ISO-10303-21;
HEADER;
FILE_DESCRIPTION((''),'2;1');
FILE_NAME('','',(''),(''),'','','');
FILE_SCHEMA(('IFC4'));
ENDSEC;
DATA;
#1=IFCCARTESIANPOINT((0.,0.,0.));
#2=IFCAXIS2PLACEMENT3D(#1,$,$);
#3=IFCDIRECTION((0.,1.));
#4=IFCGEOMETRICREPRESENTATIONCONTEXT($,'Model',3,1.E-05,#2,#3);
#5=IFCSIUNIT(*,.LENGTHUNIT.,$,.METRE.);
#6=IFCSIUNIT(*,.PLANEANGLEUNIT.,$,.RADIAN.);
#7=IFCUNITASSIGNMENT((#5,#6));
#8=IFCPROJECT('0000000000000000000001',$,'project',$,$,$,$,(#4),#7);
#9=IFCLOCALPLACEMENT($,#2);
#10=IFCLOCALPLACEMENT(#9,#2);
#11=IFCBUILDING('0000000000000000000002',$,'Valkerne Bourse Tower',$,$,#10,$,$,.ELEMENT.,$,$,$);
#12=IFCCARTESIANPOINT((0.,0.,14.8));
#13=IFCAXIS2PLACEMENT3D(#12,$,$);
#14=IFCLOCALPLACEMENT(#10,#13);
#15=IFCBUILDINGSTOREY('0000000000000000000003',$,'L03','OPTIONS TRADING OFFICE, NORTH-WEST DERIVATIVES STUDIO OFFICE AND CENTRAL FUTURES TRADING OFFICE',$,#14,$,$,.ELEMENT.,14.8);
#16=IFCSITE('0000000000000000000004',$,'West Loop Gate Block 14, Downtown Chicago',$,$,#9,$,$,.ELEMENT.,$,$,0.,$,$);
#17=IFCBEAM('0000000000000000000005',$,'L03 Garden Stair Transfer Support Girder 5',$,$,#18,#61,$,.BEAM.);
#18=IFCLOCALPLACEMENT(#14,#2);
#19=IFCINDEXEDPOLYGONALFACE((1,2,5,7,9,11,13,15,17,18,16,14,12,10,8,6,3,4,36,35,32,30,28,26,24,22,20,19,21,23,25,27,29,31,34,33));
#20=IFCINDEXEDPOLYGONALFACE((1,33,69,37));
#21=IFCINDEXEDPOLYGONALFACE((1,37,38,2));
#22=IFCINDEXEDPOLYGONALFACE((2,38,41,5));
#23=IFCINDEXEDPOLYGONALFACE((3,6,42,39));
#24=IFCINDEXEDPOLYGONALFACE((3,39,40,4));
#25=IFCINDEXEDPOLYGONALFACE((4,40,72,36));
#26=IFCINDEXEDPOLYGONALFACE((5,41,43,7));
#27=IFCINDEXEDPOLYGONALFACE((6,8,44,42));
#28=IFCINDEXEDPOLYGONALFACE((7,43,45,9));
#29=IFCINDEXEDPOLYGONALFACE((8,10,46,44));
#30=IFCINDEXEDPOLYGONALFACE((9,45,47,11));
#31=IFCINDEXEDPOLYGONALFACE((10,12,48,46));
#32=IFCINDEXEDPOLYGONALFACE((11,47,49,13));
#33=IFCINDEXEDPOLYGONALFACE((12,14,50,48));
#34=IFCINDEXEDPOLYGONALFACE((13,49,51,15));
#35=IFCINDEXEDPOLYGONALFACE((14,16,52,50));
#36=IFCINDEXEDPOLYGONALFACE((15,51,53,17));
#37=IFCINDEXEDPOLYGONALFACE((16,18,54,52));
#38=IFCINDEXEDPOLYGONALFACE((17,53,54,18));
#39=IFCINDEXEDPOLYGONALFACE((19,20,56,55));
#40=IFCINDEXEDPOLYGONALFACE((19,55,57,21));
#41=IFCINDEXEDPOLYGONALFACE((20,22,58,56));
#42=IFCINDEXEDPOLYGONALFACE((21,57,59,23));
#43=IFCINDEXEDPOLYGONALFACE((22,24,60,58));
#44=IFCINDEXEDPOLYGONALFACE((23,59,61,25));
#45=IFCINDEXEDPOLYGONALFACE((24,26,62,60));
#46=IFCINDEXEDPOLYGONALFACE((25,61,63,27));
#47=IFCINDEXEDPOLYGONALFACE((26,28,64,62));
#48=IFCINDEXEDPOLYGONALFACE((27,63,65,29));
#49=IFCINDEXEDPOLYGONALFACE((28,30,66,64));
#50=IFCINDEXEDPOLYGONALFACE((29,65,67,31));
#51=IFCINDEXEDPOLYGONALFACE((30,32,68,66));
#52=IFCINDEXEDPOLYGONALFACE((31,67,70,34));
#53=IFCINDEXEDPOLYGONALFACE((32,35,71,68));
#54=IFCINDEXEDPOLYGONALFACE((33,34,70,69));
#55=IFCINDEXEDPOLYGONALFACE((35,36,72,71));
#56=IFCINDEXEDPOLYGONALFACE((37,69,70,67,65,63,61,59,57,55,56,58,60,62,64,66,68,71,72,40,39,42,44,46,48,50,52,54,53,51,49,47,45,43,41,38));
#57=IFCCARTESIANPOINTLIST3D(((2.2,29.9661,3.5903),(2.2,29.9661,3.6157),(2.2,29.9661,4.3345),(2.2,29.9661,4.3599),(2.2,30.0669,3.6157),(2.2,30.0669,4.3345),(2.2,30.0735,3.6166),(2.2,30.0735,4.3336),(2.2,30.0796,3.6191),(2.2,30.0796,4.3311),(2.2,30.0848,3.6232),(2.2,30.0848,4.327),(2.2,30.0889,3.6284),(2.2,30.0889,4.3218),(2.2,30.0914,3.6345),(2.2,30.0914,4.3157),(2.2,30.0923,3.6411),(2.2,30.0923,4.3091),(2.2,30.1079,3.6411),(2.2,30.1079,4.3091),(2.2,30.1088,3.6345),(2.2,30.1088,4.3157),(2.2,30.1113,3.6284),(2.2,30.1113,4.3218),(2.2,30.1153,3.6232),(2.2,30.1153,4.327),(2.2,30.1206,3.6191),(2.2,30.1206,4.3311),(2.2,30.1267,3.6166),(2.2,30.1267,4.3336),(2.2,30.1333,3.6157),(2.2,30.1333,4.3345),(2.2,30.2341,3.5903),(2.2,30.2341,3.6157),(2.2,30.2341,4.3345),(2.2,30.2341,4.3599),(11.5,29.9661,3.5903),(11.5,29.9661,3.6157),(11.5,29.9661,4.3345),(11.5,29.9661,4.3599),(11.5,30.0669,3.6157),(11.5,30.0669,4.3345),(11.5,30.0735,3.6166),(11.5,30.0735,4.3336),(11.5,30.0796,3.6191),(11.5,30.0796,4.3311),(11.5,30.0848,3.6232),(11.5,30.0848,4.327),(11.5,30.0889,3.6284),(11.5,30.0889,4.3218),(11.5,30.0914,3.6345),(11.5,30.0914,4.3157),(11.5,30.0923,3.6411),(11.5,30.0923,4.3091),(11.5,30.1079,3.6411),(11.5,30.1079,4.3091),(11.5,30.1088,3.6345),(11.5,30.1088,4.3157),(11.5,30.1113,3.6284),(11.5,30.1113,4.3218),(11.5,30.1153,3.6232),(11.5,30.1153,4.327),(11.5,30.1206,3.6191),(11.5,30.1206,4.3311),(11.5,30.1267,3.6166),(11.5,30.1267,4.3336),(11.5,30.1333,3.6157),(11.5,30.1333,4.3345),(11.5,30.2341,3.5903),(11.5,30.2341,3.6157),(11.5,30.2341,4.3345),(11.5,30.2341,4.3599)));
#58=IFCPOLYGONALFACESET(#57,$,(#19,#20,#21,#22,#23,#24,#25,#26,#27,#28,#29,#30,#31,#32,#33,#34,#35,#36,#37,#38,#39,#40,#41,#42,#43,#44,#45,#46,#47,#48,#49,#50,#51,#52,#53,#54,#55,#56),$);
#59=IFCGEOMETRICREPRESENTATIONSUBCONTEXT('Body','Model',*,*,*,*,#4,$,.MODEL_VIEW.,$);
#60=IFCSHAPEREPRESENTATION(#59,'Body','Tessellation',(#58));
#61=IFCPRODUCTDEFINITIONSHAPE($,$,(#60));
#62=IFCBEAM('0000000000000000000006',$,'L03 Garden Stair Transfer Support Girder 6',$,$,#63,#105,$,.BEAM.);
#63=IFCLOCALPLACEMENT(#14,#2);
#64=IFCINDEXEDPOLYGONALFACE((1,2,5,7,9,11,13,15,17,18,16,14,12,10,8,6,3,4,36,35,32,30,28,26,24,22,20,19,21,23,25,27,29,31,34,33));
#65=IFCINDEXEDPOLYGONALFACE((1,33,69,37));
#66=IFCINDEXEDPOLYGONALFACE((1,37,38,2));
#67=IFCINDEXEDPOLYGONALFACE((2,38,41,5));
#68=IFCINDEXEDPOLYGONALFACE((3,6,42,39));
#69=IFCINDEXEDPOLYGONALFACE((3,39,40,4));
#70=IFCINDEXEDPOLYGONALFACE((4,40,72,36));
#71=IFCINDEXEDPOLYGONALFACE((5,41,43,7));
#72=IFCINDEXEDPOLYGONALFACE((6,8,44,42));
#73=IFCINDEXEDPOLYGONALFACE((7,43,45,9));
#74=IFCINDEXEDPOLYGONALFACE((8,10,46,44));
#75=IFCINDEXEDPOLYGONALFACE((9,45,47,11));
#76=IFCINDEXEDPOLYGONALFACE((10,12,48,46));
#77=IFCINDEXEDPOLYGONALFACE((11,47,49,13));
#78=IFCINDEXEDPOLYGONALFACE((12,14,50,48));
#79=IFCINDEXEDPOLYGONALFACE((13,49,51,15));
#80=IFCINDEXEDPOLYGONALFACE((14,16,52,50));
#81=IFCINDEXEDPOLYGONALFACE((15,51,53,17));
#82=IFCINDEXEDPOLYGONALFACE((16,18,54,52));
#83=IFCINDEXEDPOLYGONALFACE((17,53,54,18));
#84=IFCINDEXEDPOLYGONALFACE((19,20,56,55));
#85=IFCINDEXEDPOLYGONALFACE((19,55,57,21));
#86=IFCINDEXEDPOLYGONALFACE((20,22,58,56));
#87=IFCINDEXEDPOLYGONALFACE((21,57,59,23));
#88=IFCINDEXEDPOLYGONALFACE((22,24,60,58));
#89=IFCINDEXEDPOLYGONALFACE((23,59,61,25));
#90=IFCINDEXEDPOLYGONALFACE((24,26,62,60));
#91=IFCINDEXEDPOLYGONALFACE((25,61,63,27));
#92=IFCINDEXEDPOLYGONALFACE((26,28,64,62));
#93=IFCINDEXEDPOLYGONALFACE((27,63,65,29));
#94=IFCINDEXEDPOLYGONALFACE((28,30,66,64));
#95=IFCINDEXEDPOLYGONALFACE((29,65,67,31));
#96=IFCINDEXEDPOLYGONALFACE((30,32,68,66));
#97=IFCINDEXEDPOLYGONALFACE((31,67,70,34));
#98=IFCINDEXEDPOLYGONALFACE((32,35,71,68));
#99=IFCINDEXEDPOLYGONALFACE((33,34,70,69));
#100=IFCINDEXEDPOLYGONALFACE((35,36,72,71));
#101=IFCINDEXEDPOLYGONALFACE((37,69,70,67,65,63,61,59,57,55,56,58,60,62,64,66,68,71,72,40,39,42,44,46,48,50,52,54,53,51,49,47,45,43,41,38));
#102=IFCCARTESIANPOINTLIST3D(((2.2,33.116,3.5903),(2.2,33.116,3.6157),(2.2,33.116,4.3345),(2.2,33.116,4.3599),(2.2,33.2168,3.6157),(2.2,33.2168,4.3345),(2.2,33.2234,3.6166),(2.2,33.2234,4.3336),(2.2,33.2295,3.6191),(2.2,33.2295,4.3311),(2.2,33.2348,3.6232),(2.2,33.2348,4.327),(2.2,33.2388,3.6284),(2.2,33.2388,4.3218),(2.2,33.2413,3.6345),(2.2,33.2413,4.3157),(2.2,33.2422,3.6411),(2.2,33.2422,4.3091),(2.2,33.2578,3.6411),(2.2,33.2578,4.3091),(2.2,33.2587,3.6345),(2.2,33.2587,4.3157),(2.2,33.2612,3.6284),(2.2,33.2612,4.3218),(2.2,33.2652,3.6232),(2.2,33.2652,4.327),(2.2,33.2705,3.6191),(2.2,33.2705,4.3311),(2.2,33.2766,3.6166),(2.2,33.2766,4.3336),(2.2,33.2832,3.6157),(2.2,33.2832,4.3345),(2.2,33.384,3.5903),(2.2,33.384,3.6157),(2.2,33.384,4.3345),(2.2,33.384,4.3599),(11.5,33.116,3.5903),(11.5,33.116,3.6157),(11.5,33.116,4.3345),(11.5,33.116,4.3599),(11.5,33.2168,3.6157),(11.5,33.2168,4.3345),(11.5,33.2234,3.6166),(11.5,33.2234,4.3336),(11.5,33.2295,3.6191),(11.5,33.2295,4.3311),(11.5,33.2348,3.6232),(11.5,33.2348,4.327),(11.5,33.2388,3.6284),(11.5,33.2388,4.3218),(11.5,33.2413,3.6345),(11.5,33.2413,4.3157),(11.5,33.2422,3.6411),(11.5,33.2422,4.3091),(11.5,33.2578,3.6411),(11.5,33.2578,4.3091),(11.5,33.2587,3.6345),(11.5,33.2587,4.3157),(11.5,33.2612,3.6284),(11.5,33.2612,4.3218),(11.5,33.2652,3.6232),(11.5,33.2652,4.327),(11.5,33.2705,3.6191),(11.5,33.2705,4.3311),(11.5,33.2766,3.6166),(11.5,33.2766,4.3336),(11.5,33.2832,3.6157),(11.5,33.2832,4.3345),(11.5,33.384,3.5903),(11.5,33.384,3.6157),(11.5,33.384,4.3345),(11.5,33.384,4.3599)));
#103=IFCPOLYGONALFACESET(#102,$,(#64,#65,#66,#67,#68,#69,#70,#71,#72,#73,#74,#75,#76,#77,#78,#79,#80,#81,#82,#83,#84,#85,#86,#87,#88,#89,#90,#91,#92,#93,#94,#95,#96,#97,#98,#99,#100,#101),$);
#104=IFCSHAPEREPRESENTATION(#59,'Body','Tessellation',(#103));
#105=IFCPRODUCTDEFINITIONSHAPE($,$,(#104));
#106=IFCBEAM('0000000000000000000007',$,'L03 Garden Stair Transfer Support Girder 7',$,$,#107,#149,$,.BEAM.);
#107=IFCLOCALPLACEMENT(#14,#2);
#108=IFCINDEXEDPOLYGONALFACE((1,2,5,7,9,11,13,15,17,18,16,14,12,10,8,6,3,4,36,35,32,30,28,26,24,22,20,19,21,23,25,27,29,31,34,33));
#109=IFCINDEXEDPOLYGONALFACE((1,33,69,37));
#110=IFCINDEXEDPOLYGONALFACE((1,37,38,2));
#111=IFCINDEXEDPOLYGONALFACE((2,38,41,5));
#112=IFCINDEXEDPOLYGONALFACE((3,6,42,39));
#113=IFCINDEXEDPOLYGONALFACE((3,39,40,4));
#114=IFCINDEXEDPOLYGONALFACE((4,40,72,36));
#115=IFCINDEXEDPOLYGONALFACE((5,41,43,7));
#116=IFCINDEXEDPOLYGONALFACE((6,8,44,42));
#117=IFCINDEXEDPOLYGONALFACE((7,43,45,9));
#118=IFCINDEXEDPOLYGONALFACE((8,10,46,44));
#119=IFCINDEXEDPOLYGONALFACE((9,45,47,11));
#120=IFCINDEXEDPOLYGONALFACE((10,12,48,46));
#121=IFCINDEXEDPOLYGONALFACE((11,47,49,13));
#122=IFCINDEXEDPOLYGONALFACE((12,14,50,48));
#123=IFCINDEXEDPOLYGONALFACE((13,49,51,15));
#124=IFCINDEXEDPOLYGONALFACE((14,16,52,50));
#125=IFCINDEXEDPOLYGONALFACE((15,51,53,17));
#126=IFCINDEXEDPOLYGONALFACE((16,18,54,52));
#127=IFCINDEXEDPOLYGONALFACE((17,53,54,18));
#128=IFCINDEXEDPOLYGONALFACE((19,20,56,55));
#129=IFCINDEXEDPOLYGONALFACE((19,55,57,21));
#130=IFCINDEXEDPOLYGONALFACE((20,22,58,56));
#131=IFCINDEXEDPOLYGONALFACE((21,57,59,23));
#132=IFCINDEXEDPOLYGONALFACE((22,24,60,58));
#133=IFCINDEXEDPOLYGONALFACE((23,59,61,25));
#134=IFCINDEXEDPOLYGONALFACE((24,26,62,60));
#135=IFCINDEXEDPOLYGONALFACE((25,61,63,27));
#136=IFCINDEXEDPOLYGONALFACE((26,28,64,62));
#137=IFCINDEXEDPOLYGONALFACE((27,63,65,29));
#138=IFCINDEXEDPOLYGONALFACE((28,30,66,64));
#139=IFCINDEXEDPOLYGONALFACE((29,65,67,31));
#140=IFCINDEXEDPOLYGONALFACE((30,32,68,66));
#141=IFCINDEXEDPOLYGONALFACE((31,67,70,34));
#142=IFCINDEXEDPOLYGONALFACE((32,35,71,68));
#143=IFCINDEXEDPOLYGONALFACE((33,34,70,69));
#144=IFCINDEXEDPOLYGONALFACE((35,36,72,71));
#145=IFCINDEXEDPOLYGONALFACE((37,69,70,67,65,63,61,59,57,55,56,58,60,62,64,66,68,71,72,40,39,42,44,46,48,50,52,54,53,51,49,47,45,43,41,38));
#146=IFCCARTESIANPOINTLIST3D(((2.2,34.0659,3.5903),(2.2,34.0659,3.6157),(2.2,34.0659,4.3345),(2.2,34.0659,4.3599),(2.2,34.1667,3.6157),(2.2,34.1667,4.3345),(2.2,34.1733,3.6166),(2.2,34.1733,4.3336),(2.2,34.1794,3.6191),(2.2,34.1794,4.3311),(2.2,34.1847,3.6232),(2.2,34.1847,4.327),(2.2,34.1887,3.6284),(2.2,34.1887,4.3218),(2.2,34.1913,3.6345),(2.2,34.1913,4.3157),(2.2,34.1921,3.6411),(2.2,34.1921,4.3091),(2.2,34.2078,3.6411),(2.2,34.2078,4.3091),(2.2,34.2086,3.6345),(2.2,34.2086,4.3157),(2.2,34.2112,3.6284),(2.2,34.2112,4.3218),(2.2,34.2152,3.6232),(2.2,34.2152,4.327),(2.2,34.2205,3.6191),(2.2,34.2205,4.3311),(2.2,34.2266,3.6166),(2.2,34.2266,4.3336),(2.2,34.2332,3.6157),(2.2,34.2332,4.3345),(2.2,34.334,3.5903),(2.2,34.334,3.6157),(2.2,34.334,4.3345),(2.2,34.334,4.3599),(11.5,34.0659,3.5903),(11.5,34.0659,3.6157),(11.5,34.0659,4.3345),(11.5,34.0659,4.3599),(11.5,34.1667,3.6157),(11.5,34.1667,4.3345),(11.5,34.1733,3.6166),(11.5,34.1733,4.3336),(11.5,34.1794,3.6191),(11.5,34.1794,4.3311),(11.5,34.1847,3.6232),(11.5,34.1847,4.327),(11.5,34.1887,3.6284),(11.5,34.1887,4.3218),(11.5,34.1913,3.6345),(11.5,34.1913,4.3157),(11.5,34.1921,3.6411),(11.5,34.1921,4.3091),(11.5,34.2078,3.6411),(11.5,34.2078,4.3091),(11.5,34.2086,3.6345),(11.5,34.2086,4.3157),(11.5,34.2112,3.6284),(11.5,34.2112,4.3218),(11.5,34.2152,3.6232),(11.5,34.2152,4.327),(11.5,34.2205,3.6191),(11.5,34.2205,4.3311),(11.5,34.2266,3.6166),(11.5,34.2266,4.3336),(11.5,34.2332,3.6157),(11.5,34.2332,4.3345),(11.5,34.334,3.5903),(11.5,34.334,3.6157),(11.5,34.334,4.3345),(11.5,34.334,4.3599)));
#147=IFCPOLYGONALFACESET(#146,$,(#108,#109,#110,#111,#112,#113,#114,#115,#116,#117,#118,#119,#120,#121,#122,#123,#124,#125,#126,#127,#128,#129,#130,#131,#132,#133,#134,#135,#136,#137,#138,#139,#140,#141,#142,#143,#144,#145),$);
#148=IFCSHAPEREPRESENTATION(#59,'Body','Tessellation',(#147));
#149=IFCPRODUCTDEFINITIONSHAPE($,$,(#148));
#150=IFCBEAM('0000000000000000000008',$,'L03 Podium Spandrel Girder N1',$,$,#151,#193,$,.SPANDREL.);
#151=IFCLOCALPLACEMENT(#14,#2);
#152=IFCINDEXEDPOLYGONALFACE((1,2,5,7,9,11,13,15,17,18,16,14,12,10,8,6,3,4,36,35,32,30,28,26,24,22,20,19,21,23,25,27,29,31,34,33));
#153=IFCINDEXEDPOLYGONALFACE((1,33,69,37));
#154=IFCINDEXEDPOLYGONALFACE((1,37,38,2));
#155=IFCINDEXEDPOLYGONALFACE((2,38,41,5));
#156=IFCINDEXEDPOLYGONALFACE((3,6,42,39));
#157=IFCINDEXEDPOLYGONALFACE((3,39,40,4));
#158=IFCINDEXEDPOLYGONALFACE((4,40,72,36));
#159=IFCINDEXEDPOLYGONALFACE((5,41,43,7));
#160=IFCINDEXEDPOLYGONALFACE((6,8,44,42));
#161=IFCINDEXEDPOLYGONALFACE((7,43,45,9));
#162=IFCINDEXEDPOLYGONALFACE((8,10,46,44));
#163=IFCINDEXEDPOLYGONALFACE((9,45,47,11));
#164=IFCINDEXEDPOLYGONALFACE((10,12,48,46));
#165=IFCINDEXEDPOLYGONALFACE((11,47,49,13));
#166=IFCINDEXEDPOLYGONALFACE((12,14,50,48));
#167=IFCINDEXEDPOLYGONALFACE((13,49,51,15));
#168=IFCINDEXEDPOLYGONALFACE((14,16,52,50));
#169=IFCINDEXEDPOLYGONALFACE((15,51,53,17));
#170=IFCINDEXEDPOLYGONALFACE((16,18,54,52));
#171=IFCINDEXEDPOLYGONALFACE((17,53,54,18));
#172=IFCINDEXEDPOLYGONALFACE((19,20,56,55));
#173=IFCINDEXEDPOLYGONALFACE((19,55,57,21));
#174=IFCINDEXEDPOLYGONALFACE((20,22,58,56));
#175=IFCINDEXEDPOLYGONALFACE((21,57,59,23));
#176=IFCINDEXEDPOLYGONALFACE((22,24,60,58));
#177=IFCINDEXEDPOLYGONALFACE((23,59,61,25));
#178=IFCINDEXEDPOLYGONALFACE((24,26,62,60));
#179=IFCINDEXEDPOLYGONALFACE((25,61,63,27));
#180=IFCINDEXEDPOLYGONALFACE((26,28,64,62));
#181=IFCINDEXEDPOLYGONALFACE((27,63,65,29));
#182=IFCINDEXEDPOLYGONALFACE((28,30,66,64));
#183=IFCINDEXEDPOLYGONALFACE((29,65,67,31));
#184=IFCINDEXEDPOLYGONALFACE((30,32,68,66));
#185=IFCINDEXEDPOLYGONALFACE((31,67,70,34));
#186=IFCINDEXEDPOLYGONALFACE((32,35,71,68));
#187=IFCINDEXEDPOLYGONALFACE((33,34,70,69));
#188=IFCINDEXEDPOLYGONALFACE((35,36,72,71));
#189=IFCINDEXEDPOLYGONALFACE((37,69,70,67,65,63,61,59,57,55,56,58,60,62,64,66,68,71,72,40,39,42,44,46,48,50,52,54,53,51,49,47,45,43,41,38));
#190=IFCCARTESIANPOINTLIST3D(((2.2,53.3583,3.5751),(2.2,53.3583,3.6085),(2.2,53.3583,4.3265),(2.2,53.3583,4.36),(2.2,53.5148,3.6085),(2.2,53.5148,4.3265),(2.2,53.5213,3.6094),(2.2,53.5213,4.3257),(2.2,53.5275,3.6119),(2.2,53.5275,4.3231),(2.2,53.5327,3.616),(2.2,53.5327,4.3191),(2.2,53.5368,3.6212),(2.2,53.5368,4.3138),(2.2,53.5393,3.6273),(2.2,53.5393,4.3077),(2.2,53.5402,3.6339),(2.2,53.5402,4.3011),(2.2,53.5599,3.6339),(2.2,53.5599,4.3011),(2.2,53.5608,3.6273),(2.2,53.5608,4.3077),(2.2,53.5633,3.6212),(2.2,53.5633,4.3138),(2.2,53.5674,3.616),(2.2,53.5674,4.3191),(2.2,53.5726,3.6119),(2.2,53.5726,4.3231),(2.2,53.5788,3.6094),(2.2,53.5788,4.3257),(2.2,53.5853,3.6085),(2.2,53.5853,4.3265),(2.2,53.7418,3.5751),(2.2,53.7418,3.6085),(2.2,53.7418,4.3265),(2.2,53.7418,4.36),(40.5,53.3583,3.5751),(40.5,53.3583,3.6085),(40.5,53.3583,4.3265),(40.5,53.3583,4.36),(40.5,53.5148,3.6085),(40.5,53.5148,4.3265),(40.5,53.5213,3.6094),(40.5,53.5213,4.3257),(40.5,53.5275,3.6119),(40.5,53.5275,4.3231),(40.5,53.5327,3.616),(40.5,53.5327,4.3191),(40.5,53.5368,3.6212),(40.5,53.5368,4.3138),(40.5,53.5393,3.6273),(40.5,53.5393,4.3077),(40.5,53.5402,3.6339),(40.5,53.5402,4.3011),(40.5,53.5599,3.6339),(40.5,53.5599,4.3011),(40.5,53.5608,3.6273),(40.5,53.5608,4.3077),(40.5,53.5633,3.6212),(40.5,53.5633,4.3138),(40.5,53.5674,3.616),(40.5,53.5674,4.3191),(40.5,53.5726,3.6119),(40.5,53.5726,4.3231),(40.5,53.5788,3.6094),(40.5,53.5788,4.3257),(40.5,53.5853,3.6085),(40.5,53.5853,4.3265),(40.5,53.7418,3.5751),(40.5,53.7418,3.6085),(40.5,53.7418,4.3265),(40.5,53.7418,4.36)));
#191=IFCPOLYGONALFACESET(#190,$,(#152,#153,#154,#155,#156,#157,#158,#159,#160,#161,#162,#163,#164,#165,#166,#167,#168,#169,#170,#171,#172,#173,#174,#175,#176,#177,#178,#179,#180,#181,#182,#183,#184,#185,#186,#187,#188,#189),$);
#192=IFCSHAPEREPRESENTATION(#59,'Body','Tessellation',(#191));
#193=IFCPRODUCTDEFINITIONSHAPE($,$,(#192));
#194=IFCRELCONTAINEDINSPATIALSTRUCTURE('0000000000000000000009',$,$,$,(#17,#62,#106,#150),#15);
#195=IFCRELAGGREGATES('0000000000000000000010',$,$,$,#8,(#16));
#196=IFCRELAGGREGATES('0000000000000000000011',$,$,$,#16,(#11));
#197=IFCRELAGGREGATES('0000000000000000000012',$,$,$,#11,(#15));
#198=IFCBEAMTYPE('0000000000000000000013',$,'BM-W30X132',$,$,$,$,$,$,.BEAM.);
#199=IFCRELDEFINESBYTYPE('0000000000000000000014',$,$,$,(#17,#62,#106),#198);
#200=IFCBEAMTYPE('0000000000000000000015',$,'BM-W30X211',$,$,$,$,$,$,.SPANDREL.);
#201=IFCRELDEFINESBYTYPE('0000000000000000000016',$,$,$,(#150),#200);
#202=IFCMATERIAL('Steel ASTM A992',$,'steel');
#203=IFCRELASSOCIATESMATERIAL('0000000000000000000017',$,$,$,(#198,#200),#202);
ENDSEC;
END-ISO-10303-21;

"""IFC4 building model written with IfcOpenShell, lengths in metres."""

from ifc_helpers import new_model, si_unit, direction, frame, origin, origin_2d, place, context, subcontext, project, spatial, i_section, extrude, material, material_profile, profile_set, type_object, element, save


model = new_model("IFC4")

# Units and contexts
model_context = context("Model", 3, precision=1e-05, world=origin(), true_north=direction((0.0, 1.0)))
body_context = subcontext(model_context, "Body", "Model", "MODEL_VIEW")
ifc_project = project(units=[si_unit("LENGTHUNIT", "METRE"), si_unit("PLANEANGLEUNIT", "RADIAN")], contexts=[model_context])

# Site, building, storey
site_placement = place(None, origin())
site = spatial("IfcSite", under=ifc_project, at=site_placement, Name="West Loop Gate Block 14, Downtown Chicago", CompositionType="ELEMENT", RefElevation=0.0)
building_placement = place(site_placement, origin())
building = spatial("IfcBuilding", under=site, at=building_placement, Name="Valkerne Bourse Tower", CompositionType="ELEMENT")
storey_placement = place(building_placement, frame((0.0, 0.0, 14.8)))
storey = spatial("IfcBuildingStorey", under=building, at=storey_placement, Name="L03", Description="OPTIONS TRADING OFFICE, NORTH-WEST DERIVATIVES STUDIO OFFICE AND CENTRAL FUTURES TRADING OFFICE", CompositionType="ELEMENT", Elevation=14.8)

# Beams
ifc_material_1 = material(Name="Steel ASTM A992", Category="steel")
ifc_material_profile_1 = material_profile(ifc_material_1, i_section(OverallWidth=0.2681, OverallDepth=0.7695, WebThickness=0.0156, FlangeThickness=0.0254, FilletRadius=0.0254, at=origin_2d()), Name="W30X132")
ifc_profile_set_1 = profile_set([ifc_material_profile_1], Name="Steel ASTM A992")
beam_type_1 = type_object("IfcBeamType", Name="BM-W30X132", PredefinedType="BEAM", material=ifc_profile_set_1)
for number, where, z_axis, x_axis, name in (
    (1, (2.2, 30.1001, 3.9751), (1.0, 0.0, 0.0), (0.0, 1.0, 0.0), "L03 Garden Stair Transfer Support Girder 5"),
    (2, (2.2, 33.25, 3.9751), (1.0, 0.0, 0.0), (0.0, 1.0, 0.0), "L03 Garden Stair Transfer Support Girder 6"),
    (3, (2.2, 34.2, 3.9751), (1.0, 0.0, 0.0), (0.0, 1.0, 0.0), "L03 Garden Stair Transfer Support Girder 7"),
):
    element("IfcBeam", number, at=place(storey_placement, frame(where, z_axis=z_axis, x_axis=x_axis)), inside=storey, type_object=beam_type_1, Name=name, PredefinedType="BEAM", context=body_context, shape_type="SweptSolid", body=[
        extrude(i_section(OverallWidth=0.2681, OverallDepth=0.7695, WebThickness=0.0156, FlangeThickness=0.0254, FilletRadius=0.0254, at=origin_2d()), origin(), (0.0, 0.0, 1.0), 9.3),
    ])
ifc_material_profile_2 = material_profile(ifc_material_1, i_section(OverallWidth=0.3835, OverallDepth=0.7849, WebThickness=0.0198, FlangeThickness=0.0334, FilletRadius=0.0254, at=origin_2d()), Name="W30X211")
ifc_profile_set_2 = profile_set([ifc_material_profile_2], Name="Steel ASTM A992")
beam_type_2 = type_object("IfcBeamType", Name="BM-W30X211", PredefinedType="SPANDREL", material=ifc_profile_set_2)
beam_placement = place(storey_placement, frame((2.2, 53.55, 3.9675), z_axis=(1.0, 0.0, 0.0), x_axis=(0.0, 1.0, 0.0)))
element("IfcBeam", 4, at=beam_placement, inside=storey, type_object=beam_type_2, Name="L03 Podium Spandrel Girder N1", PredefinedType="SPANDREL", context=body_context, shape_type="SweptSolid", body=[
    extrude(i_section(OverallWidth=0.3835, OverallDepth=0.7849, WebThickness=0.0198, FlangeThickness=0.0334, FilletRadius=0.0254, at=origin_2d()), origin(), (0.0, 0.0, 1.0), 38.3),
])

save(model, "model.ifc")
